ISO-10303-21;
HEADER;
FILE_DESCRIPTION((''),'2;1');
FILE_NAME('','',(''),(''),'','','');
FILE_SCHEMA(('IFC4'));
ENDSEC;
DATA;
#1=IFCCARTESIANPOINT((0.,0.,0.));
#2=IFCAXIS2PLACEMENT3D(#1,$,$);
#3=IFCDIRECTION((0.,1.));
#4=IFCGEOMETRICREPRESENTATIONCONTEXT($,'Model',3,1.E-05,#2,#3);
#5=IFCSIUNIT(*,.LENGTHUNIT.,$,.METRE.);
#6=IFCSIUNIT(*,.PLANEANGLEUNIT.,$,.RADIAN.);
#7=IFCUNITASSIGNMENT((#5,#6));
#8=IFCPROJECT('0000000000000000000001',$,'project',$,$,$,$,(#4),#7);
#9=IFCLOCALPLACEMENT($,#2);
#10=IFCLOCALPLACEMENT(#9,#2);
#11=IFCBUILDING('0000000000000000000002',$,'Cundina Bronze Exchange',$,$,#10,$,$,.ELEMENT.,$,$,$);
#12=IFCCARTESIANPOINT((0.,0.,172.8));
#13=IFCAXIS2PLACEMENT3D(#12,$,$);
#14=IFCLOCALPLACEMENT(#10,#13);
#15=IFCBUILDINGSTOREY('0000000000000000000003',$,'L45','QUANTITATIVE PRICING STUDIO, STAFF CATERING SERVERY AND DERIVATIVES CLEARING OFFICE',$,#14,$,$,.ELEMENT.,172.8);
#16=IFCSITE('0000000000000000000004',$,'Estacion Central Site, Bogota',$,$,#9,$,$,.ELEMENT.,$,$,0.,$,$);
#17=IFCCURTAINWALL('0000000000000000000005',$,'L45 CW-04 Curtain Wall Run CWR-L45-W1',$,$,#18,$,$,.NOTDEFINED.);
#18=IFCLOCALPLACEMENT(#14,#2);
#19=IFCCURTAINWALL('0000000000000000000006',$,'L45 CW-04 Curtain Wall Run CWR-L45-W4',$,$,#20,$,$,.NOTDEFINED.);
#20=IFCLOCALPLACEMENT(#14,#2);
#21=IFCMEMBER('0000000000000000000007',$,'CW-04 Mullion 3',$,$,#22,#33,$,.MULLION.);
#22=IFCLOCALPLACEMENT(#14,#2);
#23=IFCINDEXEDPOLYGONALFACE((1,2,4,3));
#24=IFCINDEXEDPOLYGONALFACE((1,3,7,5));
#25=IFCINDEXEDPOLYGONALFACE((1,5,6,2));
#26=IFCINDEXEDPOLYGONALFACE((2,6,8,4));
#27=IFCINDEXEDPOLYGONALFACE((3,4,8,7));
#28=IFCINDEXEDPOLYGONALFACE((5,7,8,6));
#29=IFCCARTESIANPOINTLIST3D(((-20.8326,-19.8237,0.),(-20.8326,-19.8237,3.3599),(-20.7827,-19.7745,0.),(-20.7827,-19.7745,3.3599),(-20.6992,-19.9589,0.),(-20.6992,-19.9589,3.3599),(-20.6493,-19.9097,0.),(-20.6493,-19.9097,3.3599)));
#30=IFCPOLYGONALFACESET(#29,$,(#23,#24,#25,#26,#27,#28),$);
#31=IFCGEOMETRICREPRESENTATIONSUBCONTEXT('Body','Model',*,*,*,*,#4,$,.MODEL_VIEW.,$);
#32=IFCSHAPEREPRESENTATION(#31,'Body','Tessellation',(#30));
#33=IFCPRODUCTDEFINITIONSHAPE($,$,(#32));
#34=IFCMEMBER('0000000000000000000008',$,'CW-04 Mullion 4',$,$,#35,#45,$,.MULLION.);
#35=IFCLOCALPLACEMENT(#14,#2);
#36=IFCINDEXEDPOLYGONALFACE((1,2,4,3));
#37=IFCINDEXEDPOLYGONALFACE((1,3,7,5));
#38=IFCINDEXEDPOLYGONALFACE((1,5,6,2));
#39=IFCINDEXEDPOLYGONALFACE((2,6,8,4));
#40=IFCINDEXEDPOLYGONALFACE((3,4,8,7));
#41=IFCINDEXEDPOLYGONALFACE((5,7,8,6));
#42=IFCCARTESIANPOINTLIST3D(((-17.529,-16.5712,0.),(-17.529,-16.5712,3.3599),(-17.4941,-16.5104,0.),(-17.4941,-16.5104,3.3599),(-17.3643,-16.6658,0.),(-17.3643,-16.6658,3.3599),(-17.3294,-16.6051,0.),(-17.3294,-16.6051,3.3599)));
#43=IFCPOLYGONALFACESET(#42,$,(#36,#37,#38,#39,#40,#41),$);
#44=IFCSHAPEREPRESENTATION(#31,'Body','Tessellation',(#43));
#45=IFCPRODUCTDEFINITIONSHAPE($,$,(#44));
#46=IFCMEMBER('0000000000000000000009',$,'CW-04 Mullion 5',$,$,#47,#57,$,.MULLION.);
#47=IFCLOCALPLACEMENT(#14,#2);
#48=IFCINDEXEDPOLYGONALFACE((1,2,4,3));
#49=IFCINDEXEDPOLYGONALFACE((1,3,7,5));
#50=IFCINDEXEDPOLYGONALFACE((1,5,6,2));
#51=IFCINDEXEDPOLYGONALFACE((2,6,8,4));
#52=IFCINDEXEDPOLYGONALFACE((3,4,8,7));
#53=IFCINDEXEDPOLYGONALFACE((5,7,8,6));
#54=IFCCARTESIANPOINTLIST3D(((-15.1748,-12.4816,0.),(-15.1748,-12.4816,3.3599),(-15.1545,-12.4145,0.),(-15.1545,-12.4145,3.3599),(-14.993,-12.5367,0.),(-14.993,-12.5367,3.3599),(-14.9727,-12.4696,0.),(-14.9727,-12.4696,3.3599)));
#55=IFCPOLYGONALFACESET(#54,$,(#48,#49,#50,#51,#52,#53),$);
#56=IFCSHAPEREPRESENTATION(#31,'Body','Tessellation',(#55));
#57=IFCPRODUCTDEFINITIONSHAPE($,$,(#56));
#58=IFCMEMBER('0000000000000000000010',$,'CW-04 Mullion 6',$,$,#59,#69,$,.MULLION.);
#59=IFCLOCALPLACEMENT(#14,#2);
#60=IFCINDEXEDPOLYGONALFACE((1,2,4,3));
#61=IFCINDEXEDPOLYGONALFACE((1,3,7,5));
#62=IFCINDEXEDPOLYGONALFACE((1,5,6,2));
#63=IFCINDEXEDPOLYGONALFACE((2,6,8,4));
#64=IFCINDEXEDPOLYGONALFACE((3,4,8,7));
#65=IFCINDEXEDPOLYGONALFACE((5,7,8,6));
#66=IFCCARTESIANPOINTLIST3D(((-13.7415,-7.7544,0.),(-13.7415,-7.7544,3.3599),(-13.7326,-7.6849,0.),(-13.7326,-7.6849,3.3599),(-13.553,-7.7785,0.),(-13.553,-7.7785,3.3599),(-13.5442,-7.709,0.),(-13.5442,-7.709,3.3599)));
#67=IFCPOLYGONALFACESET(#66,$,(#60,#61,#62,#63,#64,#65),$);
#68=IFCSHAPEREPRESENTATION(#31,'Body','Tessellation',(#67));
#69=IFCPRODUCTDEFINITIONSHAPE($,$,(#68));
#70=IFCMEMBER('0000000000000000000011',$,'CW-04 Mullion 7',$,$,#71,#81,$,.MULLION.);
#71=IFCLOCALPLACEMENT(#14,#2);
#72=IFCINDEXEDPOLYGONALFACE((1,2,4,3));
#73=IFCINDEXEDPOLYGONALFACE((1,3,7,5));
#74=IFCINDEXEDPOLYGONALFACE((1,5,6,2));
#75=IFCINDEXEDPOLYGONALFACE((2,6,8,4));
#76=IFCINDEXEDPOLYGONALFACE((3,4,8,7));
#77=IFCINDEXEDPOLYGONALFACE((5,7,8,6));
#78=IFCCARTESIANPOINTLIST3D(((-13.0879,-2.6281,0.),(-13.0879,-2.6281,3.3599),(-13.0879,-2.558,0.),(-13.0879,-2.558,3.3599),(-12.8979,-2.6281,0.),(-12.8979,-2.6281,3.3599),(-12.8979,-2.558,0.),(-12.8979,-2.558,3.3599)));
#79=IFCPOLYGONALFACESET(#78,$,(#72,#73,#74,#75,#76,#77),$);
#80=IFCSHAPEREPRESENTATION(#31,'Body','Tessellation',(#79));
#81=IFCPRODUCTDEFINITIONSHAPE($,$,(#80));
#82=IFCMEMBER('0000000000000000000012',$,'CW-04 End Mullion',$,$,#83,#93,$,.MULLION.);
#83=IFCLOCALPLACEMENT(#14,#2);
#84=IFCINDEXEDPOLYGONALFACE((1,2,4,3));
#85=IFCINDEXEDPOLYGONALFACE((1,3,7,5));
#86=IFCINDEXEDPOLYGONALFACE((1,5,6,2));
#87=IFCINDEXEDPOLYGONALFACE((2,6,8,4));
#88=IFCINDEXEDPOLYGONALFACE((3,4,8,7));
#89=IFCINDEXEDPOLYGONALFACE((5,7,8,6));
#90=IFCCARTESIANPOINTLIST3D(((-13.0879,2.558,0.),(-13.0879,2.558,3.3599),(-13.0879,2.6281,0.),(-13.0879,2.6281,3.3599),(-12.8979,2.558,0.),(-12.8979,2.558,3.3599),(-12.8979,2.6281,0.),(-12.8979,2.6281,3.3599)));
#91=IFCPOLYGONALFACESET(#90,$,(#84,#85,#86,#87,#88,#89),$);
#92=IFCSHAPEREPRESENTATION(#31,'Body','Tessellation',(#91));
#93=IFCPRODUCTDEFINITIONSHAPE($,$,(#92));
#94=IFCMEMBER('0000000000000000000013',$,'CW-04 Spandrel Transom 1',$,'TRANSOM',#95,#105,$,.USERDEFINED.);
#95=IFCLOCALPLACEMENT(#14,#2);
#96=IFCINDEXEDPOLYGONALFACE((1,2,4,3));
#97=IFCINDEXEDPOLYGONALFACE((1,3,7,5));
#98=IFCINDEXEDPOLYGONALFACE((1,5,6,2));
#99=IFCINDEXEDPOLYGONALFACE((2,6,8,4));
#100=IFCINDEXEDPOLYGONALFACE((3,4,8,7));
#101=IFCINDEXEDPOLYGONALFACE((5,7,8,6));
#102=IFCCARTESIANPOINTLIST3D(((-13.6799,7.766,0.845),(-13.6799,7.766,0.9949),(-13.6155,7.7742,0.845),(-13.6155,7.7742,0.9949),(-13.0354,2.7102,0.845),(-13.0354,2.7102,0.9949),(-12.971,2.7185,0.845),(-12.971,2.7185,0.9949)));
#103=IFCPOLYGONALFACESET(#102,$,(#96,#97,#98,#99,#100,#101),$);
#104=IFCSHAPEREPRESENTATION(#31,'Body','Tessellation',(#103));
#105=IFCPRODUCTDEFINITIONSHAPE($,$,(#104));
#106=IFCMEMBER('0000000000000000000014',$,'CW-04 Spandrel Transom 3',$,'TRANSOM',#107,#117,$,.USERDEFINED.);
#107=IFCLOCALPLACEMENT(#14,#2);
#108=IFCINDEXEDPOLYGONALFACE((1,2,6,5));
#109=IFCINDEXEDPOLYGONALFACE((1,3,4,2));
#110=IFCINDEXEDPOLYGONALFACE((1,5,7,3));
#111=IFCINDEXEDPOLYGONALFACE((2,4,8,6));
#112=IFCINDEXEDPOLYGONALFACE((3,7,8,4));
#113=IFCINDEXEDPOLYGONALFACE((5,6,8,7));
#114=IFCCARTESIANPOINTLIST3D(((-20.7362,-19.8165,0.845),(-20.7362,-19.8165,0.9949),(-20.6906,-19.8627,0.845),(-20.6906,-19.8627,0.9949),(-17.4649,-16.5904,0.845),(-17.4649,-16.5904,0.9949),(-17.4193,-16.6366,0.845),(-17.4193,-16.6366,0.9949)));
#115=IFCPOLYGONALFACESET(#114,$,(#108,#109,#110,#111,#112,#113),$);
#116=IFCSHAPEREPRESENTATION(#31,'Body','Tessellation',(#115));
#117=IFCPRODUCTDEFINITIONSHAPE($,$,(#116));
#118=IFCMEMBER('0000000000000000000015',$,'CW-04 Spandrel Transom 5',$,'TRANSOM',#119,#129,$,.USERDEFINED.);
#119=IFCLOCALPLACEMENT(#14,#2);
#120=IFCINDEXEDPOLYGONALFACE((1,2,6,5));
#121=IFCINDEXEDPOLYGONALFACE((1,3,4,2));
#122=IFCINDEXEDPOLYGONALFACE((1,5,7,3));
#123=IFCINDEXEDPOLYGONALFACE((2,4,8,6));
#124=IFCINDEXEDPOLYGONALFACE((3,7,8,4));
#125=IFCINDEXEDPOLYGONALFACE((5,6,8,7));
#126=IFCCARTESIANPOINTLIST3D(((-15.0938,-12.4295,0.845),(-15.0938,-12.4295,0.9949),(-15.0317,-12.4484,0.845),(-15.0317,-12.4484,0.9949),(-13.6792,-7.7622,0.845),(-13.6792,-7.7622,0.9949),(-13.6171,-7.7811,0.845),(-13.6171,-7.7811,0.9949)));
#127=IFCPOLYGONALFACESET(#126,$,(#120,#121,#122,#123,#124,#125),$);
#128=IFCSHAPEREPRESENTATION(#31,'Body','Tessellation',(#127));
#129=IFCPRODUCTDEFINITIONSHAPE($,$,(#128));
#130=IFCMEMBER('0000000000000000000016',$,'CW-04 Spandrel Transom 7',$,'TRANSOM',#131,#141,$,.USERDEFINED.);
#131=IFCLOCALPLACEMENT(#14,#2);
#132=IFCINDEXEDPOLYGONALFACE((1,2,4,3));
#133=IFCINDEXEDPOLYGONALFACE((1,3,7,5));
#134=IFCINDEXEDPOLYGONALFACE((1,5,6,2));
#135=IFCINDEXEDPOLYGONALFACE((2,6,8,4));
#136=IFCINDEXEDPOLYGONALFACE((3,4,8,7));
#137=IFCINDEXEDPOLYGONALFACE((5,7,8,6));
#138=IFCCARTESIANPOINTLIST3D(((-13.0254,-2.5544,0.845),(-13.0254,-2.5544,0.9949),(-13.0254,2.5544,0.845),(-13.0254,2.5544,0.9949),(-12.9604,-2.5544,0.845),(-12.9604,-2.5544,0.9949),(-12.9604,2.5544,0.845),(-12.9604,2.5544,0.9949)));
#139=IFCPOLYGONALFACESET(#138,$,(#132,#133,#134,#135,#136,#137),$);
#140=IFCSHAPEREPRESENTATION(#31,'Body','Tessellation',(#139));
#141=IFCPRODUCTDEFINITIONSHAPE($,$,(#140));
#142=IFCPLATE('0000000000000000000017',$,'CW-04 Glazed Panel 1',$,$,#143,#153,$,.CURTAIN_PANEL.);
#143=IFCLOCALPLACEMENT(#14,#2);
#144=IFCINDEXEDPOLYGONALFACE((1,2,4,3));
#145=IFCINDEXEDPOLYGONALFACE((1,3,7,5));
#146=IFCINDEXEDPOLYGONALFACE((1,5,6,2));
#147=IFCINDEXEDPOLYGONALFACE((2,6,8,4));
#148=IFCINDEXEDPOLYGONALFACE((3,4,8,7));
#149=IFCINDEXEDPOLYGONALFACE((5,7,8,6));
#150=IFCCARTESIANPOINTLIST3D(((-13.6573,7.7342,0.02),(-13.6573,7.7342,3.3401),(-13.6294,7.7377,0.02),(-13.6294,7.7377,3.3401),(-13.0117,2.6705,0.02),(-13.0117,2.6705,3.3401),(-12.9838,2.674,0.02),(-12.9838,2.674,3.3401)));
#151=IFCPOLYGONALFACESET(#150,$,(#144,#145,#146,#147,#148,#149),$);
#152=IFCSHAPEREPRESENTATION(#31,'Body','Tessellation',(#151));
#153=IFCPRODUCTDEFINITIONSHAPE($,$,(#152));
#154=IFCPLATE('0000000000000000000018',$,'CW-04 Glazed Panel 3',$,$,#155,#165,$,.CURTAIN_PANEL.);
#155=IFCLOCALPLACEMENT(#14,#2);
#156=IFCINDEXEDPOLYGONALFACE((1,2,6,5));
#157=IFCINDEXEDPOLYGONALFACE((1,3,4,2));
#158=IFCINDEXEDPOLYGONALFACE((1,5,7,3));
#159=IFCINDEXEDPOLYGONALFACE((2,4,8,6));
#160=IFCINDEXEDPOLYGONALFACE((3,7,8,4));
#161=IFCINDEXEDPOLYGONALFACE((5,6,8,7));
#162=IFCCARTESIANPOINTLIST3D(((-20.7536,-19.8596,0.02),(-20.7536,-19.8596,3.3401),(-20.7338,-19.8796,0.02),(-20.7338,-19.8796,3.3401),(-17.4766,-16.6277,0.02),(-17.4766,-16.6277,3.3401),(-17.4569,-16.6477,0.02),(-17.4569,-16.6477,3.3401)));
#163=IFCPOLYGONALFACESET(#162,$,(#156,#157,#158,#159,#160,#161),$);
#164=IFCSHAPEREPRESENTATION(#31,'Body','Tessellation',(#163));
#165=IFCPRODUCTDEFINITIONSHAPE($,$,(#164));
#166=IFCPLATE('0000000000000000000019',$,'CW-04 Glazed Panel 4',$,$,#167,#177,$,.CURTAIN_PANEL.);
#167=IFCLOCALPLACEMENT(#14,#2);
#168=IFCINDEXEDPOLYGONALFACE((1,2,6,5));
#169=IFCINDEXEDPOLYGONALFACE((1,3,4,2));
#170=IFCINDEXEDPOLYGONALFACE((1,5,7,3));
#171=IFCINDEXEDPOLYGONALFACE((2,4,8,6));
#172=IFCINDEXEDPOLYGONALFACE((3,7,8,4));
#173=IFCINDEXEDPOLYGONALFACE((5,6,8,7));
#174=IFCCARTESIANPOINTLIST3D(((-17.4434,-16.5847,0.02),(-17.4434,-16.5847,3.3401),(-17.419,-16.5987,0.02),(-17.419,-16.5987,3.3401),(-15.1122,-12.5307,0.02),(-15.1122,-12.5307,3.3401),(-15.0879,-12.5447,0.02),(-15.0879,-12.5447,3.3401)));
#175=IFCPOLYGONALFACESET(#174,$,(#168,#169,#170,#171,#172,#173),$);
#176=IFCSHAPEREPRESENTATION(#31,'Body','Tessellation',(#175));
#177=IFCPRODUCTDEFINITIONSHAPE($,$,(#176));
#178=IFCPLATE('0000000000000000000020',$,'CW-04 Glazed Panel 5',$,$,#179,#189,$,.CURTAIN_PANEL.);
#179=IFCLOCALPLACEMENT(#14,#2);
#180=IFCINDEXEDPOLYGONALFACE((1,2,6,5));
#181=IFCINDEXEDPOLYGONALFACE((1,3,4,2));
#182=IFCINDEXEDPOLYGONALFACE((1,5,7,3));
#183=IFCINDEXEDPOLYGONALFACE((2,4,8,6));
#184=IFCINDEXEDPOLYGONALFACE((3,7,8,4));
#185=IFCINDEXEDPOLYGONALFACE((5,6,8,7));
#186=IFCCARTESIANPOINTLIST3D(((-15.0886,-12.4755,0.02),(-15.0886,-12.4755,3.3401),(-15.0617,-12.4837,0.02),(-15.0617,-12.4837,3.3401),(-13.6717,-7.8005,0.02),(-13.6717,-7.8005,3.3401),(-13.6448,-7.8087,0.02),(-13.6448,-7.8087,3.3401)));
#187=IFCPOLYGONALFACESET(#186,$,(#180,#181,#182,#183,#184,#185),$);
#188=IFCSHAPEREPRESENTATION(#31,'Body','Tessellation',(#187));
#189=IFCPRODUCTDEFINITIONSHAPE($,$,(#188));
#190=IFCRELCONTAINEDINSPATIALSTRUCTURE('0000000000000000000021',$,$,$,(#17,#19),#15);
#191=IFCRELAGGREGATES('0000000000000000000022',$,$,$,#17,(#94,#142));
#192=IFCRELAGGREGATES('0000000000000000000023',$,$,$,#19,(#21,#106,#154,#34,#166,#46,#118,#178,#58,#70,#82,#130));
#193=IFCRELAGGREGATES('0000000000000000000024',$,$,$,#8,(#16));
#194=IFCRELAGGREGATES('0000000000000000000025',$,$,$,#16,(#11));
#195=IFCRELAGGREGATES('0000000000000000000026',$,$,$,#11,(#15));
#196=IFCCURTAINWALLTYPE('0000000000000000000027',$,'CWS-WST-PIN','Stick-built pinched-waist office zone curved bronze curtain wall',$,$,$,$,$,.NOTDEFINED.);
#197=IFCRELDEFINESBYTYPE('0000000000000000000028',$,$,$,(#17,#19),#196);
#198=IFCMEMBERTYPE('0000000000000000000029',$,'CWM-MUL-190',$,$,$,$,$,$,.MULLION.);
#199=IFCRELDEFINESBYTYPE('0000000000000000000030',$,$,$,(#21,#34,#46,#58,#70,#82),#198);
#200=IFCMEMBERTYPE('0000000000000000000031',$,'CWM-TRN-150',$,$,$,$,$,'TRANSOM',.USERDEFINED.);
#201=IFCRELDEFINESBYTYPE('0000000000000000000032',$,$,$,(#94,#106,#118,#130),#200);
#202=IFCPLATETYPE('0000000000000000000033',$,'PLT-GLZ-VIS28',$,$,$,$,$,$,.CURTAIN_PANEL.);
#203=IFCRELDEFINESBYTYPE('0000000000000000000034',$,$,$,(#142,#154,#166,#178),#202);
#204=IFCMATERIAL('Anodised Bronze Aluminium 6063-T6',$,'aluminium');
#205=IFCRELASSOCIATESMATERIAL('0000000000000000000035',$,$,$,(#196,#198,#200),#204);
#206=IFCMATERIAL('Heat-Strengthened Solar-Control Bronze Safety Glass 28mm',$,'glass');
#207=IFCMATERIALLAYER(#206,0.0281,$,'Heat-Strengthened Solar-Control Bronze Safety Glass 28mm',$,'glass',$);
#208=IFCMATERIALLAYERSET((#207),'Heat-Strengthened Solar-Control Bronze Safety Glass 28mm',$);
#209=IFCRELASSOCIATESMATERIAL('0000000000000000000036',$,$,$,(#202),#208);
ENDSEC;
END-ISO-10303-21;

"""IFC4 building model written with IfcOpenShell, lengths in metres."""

from ifc_helpers import new_model, si_unit, direction, frame, origin, origin_2d, place, context, subcontext, project, spatial, rectangle, extrude, material, layer, layer_set, material_profile, profile_set, type_object, element, aggregate, save


model = new_model("IFC4")

# Units and contexts
model_context = context("Model", 3, precision=1e-05, world=origin(), true_north=direction((0.0, 1.0)))
body_context = subcontext(model_context, "Body", "Model", "MODEL_VIEW")
ifc_project = project(units=[si_unit("LENGTHUNIT", "METRE"), si_unit("PLANEANGLEUNIT", "RADIAN")], contexts=[model_context])

# Site, building, storey
site_placement = place(None, origin())
site = spatial("IfcSite", under=ifc_project, at=site_placement, Name="Estacion Central Site, Bogota", CompositionType="ELEMENT", RefElevation=0.0)
building_placement = place(site_placement, origin())
building = spatial("IfcBuilding", under=site, at=building_placement, Name="Cundina Bronze Exchange", CompositionType="ELEMENT")
storey_placement = place(building_placement, frame((0.0, 0.0, 172.8)))
storey = spatial("IfcBuildingStorey", under=building, at=storey_placement, Name="L45", Description="QUANTITATIVE PRICING STUDIO, STAFF CATERING SERVERY AND DERIVATIVES CLEARING OFFICE", CompositionType="ELEMENT", Elevation=172.8)

# Curtain wall
ifc_material_1 = material(Name="Anodised Bronze Aluminium 6063-T6", Category="aluminium")
curtain_wall_type = type_object("IfcCurtainWallType", Name="CWS-WST-PIN", Description="Stick-built pinched-waist office zone curved bronze curtain wall", PredefinedType="NOTDEFINED", material=ifc_material_1)
curtain_wall_1_placement = place(storey_placement, origin())
curtain_wall_1 = element("IfcCurtainWall", 1, at=curtain_wall_1_placement, inside=storey, type_object=curtain_wall_type, Name="L45 CW-04 Curtain Wall Run CWR-L45-W1", PredefinedType="NOTDEFINED")
ifc_material_profile_1 = material_profile(ifc_material_1, rectangle(XDim=0.0701, YDim=0.1899, at=origin_2d()), Name="AL70X190", Category="aluminium")
ifc_profile_set_1 = profile_set([ifc_material_profile_1], Name="Anodised Bronze Aluminium 6063-T6")
member_type_1 = type_object("IfcMemberType", Name="CWM-MUL-190", PredefinedType="MULLION", material=ifc_profile_set_1)

# Curtain wall, members
curtain_wall_2_placement = place(storey_placement, origin())
curtain_wall_2 = element("IfcCurtainWall", 2, at=curtain_wall_2_placement, inside=storey, type_object=curtain_wall_type, Name="L45 CW-04 Curtain Wall Run CWR-L45-W4", PredefinedType="NOTDEFINED")
member_1_placement = place(storey_placement, frame((-20.741, -19.8667, 0.0), z_axis=(0.0, 0.0, 1.0), x_axis=(0.712026, 0.702153, 0.0)))
member_1 = element("IfcMember", 3, at=member_1_placement, type_object=member_type_1, Name="CW-04 Mullion 3", PredefinedType="MULLION", context=body_context, shape_type="SweptSolid", body=[
    extrude(rectangle(XDim=0.0701, YDim=0.1899, at=origin_2d()), origin(), (0.0, 0.0, 1.0), 3.3599),
])
member_2_placement = place(storey_placement, frame((-17.4292, -16.5881, 0.0), z_axis=(0.0, 0.0, 1.0), x_axis=(0.498488, 0.866897, 0.0)))
member_2 = element("IfcMember", 4, at=member_2_placement, type_object=member_type_1, Name="CW-04 Mullion 4", PredefinedType="MULLION", context=body_context, shape_type="SweptSolid", body=[
    extrude(rectangle(XDim=0.0701, YDim=0.1899, at=origin_2d()), origin(), (0.0, 0.0, 1.0), 3.3599),
])
member_3_placement = place(storey_placement, frame((-15.0737, -12.4756, 0.0), z_axis=(0.0, 0.0, 1.0), x_axis=(0.290034, 0.957016, 0.0)))
member_3 = element("IfcMember", 5, at=member_3_placement, type_object=member_type_1, Name="CW-04 Mullion 5", PredefinedType="MULLION", context=body_context, shape_type="SweptSolid", body=[
    extrude(rectangle(XDim=0.0701, YDim=0.1899, at=origin_2d()), origin(), (0.0, 0.0, 1.0), 3.3599),
])
member_4_placement = place(storey_placement, frame((-13.6428, -7.7317, 0.0), z_axis=(0.0, 0.0, 1.0), x_axis=(0.126545, 0.991961, 0.0)))
member_4 = element("IfcMember", 6, at=member_4_placement, type_object=member_type_1, Name="CW-04 Mullion 6", PredefinedType="MULLION", context=body_context, shape_type="SweptSolid", body=[
    extrude(rectangle(XDim=0.0701, YDim=0.1899, at=origin_2d()), origin(), (0.0, 0.0, 1.0), 3.3599),
])
member_5_placement = place(storey_placement, frame((-12.9929, -2.593, 0.0), z_axis=(0.0, 0.0, 1.0), x_axis=(0.0, 1.0, 0.0)))
member_5 = element("IfcMember", 7, at=member_5_placement, type_object=member_type_1, Name="CW-04 Mullion 7", PredefinedType="MULLION", context=body_context, shape_type="SweptSolid", body=[
    extrude(rectangle(XDim=0.0701, YDim=0.1899, at=origin_2d()), origin(), (0.0, 0.0, 1.0), 3.3599),
])
member_6_placement = place(storey_placement, frame((-12.9929, 2.593, 0.0), z_axis=(0.0, 0.0, 1.0), x_axis=(0.0, 1.0, 0.0)))
member_6 = element("IfcMember", 8, at=member_6_placement, type_object=member_type_1, Name="CW-04 End Mullion", PredefinedType="MULLION", context=body_context, shape_type="SweptSolid", body=[
    extrude(rectangle(XDim=0.0701, YDim=0.1899, at=origin_2d()), origin(), (0.0, 0.0, 1.0), 3.3599),
])

# Members
ifc_material_profile_2 = material_profile(ifc_material_1, rectangle(XDim=0.0649, YDim=0.1499, at=origin_2d()), Name="AL65X150", Category="aluminium")
ifc_profile_set_2 = profile_set([ifc_material_profile_2], Name="Anodised Bronze Aluminium 6063-T6")
member_type_2 = type_object("IfcMemberType", Name="CWM-TRN-150", ElementType="TRANSOM", PredefinedType="USERDEFINED", material=ifc_profile_set_2)
member_7_placement = place(storey_placement, frame((-13.0032, 2.7144, 0.9199), z_axis=(-0.126463, 0.991971, 0.0), x_axis=(-0.991971, -0.126463, 0.0)))
member_7 = element("IfcMember", 9, at=member_7_placement, type_object=member_type_2, Name="CW-04 Spandrel Transom 1", ObjectType="TRANSOM", PredefinedType="USERDEFINED", context=body_context, shape_type="SweptSolid", body=[
    extrude(rectangle(XDim=0.0649, YDim=0.1499, at=origin_2d()), origin(), (0.0, 0.0, 1.0), 5.0967),
])
member_8_placement = place(storey_placement, frame((-20.7134, -19.8396, 0.9199), z_axis=(0.712005, 0.702174, 0.0), x_axis=(-0.702174, 0.712005, 0.0)))
member_8 = element("IfcMember", 10, at=member_8_placement, type_object=member_type_2, Name="CW-04 Spandrel Transom 3", ObjectType="TRANSOM", PredefinedType="USERDEFINED", context=body_context, shape_type="SweptSolid", body=[
    extrude(rectangle(XDim=0.0649, YDim=0.1499, at=origin_2d()), origin(), (0.0, 0.0, 1.0), 4.5945),
])
member_9_placement = place(storey_placement, frame((-15.0627, -12.439, 0.9199), z_axis=(0.290052, 0.957011, 0.0), x_axis=(-0.957011, 0.290052, 0.0)))
member_9 = element("IfcMember", 11, at=member_9_placement, type_object=member_type_2, Name="CW-04 Spandrel Transom 5", ObjectType="TRANSOM", PredefinedType="USERDEFINED", context=body_context, shape_type="SweptSolid", body=[
    extrude(rectangle(XDim=0.0649, YDim=0.1499, at=origin_2d()), origin(), (0.0, 0.0, 1.0), 4.877),
])
member_10_placement = place(storey_placement, frame((-12.9929, -2.5544, 0.9199), z_axis=(0.0, 1.0, 0.0), x_axis=(-1.0, 0.0, 0.0)))
member_10 = element("IfcMember", 12, at=member_10_placement, type_object=member_type_2, Name="CW-04 Spandrel Transom 7", ObjectType="TRANSOM", PredefinedType="USERDEFINED", context=body_context, shape_type="SweptSolid", body=[
    extrude(rectangle(XDim=0.0649, YDim=0.1499, at=origin_2d()), origin(), (0.0, 0.0, 1.0), 5.1089),
])

# Plates
ifc_material_2 = material(Name="Heat-Strengthened Solar-Control Bronze Safety Glass 28mm", Category="glass")
ifc_layer_1 = layer(ifc_material_2, 0.0281, Name="Heat-Strengthened Solar-Control Bronze Safety Glass 28mm", Category="glass")
ifc_layer_set_1 = layer_set([ifc_layer_1], Name="Heat-Strengthened Solar-Control Bronze Safety Glass 28mm")
plate_type_1 = type_object("IfcPlateType", Name="PLT-GLZ-VIS28", PredefinedType="CURTAIN_PANEL", material=ifc_layer_set_1)
plate_1_placement = place(storey_placement, frame((-13.3206, 5.2041, 0.02), z_axis=(0.0, 0.0, 1.0), x_axis=(-0.126476, 0.99197, 0.0)))
plate_1 = element("IfcPlate", 13, at=plate_1_placement, type_object=plate_type_1, Name="CW-04 Glazed Panel 1", PredefinedType="CURTAIN_PANEL", context=body_context, shape_type="SweptSolid", body=[
    extrude(rectangle(XDim=5.1047, YDim=0.0281, at=origin_2d()), origin(), (0.0, 0.0, 1.0), 3.3201),
])
aggregate(curtain_wall_1, [member_7, plate_1])
plate_2_placement = place(storey_placement, frame((-19.1052, -18.2537, 0.02), z_axis=(0.0, 0.0, 1.0), x_axis=(0.711989, 0.70219, 0.0)))
plate_2 = element("IfcPlate", 14, at=plate_2_placement, type_object=plate_type_1, Name="CW-04 Glazed Panel 3", PredefinedType="CURTAIN_PANEL", context=body_context, shape_type="SweptSolid", body=[
    extrude(rectangle(XDim=4.6025, YDim=0.0281, at=origin_2d()), origin(), (0.0, 0.0, 1.0), 3.3201),
])
plate_3_placement = place(storey_placement, frame((-16.2656, -14.5647, 0.02), z_axis=(0.0, 0.0, 1.0), x_axis=(0.498488, 0.866897, 0.0)))
plate_3 = element("IfcPlate", 15, at=plate_3_placement, type_object=plate_type_1, Name="CW-04 Glazed Panel 4", PredefinedType="CURTAIN_PANEL", context=body_context, shape_type="SweptSolid", body=[
    extrude(rectangle(XDim=4.6765, YDim=0.0281, at=origin_2d()), origin(), (0.0, 0.0, 1.0), 3.3201),
])
plate_4_placement = place(storey_placement, frame((-14.3667, -10.1421, 0.02), z_axis=(0.0, 0.0, 1.0), x_axis=(0.290051, 0.957011, 0.0)))
plate_4 = element("IfcPlate", 16, at=plate_4_placement, type_object=plate_type_1, Name="CW-04 Glazed Panel 5", PredefinedType="CURTAIN_PANEL", context=body_context, shape_type="SweptSolid", body=[
    extrude(rectangle(XDim=4.885, YDim=0.0281, at=origin_2d()), origin(), (0.0, 0.0, 1.0), 3.3201),
])
aggregate(curtain_wall_2, [member_1, member_8, plate_2, member_2, plate_3, member_3, member_9, plate_4, member_4, member_5, member_6, member_10])

save(model, "model.ifc")
